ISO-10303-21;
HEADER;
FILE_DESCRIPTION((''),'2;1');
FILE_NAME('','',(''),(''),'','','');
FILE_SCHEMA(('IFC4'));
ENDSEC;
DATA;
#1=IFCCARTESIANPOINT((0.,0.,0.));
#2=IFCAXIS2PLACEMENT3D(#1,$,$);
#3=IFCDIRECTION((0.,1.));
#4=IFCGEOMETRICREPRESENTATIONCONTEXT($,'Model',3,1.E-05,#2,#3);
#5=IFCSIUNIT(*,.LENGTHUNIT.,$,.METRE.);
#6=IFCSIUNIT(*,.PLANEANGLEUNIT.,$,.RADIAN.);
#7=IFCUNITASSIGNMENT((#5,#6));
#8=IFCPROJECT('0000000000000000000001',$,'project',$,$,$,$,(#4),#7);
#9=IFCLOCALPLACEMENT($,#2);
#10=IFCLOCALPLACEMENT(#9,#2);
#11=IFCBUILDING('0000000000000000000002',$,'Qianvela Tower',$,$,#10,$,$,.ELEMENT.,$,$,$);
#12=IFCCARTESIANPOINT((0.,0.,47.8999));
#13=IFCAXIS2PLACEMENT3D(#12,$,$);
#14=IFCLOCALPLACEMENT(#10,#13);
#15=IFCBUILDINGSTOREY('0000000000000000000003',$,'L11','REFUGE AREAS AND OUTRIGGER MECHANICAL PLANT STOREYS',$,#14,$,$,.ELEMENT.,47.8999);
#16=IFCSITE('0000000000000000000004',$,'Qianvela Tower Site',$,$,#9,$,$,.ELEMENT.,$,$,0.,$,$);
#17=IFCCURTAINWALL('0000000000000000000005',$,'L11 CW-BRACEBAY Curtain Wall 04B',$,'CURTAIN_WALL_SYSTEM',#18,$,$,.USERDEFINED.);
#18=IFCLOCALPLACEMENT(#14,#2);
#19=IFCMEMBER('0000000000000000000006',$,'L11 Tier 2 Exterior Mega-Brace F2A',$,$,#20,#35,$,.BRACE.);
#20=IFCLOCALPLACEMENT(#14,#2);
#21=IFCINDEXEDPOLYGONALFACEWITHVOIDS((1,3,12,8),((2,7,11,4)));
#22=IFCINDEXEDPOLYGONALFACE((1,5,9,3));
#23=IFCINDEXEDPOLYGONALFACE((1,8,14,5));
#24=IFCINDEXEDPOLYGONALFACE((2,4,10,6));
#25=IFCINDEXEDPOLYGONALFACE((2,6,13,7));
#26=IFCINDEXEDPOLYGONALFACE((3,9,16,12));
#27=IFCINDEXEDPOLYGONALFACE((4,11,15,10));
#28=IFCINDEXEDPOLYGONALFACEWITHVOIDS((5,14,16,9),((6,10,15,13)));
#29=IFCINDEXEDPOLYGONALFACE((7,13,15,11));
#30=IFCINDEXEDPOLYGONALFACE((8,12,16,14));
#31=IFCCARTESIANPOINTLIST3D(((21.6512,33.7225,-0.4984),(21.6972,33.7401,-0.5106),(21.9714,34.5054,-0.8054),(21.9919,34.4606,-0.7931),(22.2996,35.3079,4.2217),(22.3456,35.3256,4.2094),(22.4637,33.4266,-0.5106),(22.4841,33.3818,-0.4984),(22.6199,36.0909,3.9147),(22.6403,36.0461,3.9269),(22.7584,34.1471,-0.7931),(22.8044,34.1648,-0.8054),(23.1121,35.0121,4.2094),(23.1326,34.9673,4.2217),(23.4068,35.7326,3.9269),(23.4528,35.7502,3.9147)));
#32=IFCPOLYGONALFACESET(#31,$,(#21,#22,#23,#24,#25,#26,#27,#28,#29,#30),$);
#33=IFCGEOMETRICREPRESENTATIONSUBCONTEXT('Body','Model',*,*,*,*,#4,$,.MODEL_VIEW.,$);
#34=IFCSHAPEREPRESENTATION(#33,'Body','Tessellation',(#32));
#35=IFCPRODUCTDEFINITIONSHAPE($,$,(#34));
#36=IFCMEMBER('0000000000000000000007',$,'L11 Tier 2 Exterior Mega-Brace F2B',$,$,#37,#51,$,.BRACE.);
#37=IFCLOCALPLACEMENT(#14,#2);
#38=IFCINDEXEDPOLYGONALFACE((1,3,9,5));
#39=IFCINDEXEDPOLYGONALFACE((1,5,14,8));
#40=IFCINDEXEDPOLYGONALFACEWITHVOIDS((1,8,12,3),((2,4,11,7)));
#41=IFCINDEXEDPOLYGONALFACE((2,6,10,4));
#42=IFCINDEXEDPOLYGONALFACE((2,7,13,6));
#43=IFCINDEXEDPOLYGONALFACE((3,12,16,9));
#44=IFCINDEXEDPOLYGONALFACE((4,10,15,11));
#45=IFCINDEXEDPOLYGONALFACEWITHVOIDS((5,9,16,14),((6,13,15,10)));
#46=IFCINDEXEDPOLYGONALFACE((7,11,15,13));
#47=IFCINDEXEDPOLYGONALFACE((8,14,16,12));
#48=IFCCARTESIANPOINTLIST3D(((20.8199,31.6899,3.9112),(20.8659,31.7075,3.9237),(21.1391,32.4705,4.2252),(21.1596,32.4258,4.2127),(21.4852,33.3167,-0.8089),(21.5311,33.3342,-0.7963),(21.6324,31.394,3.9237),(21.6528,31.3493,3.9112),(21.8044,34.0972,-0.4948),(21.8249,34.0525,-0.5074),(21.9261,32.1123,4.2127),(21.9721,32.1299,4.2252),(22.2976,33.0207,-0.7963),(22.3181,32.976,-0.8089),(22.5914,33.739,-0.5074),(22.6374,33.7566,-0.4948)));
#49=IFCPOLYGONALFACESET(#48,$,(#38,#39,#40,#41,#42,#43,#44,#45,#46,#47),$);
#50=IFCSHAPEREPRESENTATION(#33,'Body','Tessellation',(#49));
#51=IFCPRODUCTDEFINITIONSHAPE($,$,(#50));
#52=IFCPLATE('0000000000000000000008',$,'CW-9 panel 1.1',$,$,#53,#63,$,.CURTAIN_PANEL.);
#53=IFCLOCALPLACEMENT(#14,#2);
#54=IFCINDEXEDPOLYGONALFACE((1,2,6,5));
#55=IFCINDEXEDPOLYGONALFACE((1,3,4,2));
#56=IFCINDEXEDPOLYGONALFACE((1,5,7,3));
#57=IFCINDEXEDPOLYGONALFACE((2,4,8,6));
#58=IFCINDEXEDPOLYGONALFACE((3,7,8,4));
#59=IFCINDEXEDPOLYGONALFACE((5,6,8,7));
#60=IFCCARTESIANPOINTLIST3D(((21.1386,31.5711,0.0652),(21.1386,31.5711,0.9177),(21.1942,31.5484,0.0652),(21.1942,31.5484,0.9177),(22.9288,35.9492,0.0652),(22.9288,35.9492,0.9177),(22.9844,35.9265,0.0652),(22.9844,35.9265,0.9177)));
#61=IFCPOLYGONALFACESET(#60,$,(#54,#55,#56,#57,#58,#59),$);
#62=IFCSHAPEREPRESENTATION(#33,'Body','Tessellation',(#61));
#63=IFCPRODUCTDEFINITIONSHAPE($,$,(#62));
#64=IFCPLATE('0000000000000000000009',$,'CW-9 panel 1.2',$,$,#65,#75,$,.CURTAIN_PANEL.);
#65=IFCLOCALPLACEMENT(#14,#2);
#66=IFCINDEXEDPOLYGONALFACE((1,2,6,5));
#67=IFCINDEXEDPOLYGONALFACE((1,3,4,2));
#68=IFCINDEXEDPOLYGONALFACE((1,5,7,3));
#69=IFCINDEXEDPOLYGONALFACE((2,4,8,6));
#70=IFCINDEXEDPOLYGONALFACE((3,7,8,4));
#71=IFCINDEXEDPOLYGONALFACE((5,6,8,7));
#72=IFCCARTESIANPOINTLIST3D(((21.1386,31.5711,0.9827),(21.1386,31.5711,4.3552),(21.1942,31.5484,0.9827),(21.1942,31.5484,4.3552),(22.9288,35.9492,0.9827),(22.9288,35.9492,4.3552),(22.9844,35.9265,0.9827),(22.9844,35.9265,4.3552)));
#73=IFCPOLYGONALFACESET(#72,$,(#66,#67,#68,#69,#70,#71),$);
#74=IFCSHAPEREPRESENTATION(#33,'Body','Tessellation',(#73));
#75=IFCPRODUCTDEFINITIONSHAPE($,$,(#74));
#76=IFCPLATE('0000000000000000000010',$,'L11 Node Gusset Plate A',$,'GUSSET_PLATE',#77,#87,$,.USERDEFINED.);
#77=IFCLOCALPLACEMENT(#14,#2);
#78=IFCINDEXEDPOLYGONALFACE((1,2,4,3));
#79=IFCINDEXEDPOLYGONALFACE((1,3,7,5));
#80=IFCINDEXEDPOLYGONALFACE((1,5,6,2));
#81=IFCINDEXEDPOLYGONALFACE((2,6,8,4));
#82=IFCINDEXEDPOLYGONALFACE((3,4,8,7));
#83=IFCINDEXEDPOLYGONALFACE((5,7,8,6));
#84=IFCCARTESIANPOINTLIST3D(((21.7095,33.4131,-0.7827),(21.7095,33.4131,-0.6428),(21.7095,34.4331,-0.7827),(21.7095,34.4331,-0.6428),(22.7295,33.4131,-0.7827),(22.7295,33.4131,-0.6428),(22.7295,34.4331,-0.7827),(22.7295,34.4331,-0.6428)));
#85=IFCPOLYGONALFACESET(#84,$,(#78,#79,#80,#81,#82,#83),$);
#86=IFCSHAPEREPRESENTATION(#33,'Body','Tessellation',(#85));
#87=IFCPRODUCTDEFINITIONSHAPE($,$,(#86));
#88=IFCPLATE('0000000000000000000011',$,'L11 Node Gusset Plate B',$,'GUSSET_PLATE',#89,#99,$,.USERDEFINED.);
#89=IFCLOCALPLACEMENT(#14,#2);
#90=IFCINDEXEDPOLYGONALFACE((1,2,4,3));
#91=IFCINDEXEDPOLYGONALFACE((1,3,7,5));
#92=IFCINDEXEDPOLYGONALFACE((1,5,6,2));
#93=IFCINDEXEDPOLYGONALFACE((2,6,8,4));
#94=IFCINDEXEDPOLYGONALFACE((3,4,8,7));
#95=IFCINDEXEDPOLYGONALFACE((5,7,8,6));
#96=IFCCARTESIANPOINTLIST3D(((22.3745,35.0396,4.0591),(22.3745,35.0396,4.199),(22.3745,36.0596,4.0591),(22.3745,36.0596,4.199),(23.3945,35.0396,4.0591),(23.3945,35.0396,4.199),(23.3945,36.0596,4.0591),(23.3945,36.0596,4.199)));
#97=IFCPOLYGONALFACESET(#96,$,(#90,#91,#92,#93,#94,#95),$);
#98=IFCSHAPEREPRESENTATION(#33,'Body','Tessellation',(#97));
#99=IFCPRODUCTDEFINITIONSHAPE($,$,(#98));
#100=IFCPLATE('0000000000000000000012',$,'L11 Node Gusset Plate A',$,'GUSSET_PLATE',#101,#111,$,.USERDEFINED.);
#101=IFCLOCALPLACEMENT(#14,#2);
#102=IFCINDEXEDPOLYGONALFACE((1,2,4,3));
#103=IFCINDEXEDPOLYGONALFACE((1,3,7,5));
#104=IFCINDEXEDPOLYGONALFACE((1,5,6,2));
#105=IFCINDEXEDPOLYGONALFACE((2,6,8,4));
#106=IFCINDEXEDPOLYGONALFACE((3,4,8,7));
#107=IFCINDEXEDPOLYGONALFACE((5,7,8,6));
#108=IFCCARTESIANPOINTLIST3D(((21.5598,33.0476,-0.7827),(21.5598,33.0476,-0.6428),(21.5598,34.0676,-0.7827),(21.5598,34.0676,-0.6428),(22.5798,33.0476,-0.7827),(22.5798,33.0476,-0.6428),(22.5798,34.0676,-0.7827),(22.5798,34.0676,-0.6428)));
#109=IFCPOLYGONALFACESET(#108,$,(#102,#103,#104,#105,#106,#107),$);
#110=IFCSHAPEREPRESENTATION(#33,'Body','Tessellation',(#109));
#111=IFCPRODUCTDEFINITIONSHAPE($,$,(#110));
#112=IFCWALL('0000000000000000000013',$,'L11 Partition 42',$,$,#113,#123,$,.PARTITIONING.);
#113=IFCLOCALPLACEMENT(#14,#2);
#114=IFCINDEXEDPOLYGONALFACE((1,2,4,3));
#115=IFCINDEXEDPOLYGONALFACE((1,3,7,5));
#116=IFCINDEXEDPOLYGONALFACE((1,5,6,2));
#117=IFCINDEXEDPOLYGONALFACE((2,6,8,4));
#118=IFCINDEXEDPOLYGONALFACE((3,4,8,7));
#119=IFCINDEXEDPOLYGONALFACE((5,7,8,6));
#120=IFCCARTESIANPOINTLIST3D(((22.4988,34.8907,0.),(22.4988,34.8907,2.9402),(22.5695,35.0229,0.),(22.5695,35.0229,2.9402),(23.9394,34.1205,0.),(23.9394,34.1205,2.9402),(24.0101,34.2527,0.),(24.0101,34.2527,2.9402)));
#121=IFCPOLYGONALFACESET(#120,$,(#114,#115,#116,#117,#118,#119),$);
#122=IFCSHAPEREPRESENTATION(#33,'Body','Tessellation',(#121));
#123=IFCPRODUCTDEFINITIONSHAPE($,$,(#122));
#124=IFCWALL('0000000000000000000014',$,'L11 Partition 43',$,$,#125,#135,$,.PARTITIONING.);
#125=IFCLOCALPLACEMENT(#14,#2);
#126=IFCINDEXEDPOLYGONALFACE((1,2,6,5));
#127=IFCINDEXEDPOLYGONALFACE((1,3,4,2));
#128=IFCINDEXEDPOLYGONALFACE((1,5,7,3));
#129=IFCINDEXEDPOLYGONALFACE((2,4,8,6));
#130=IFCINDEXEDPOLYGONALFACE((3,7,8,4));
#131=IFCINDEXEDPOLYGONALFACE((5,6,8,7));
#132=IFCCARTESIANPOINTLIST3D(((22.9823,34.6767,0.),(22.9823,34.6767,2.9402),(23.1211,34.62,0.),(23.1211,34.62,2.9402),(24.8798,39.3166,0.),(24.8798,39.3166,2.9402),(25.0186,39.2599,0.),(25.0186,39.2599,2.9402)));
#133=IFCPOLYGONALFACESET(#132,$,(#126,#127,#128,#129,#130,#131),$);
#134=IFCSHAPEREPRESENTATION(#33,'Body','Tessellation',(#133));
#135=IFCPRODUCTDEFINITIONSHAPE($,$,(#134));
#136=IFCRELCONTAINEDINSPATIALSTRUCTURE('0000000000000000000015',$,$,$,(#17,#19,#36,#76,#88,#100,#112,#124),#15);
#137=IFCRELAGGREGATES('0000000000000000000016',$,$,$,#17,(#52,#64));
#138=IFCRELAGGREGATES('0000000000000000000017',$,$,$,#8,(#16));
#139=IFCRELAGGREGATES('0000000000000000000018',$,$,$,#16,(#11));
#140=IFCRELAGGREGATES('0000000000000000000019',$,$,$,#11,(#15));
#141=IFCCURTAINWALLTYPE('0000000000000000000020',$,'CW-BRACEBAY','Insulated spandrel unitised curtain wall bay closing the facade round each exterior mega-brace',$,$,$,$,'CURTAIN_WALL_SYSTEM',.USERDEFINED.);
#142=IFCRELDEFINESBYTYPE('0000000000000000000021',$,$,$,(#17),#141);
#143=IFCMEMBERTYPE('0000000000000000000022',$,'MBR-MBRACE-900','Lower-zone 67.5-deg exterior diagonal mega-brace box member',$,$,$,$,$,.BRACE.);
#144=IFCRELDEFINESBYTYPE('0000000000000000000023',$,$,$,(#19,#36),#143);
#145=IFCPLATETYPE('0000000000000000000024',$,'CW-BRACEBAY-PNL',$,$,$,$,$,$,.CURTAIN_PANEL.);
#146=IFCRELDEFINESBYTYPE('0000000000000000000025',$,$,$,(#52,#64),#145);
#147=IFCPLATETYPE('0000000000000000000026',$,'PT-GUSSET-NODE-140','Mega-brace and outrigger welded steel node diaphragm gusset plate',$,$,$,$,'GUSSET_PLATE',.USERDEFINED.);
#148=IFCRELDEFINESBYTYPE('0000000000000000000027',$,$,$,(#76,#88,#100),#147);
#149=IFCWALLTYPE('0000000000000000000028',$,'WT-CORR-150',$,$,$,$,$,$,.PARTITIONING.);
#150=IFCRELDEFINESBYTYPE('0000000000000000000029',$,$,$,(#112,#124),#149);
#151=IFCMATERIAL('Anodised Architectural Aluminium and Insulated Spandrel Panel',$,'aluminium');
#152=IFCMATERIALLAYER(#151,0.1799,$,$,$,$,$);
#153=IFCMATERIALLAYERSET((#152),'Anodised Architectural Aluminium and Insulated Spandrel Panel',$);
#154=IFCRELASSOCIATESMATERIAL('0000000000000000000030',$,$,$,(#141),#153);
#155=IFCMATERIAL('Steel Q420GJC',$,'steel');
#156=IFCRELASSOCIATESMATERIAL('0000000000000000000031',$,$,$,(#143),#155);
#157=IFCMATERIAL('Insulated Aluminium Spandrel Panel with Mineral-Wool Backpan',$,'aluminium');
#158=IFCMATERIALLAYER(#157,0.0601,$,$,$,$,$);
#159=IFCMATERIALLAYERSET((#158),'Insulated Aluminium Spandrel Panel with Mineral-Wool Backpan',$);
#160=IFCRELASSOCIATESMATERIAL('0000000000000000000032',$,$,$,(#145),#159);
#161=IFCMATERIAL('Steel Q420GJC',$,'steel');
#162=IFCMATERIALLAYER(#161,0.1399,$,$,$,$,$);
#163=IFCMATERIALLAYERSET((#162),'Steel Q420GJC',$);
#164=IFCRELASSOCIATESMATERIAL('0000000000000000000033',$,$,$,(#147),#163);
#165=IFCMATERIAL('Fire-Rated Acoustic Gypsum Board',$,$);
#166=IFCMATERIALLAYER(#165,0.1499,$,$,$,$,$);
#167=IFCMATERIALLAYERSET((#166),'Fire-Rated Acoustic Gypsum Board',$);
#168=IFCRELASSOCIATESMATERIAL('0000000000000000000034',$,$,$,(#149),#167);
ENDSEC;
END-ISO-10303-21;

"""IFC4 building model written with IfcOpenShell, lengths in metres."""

from ifc_helpers import new_model, si_unit, direction, frame, frame_2d, origin, origin_2d, place, context, subcontext, project, spatial, rectangle, hollow_rectangle, extrude, material, layer, layer_set, material_profile, profile_set, type_object, element, aggregate, save


model = new_model("IFC4")

# Units and contexts
model_context = context("Model", 3, precision=1e-05, world=origin(), true_north=direction((0.0, 1.0)))
body_context = subcontext(model_context, "Body", "Model", "MODEL_VIEW")
ifc_project = project(units=[si_unit("LENGTHUNIT", "METRE"), si_unit("PLANEANGLEUNIT", "RADIAN")], contexts=[model_context])

# Site, building, storey
site_placement = place(None, origin())
site = spatial("IfcSite", under=ifc_project, at=site_placement, Name="Qianvela Tower Site", CompositionType="ELEMENT", RefElevation=0.0)
building_placement = place(site_placement, origin())
building = spatial("IfcBuilding", under=site, at=building_placement, Name="Qianvela Tower", CompositionType="ELEMENT")
storey_placement = place(building_placement, frame((0.0, 0.0, 47.8999)))
storey = spatial("IfcBuildingStorey", under=building, at=storey_placement, Name="L11", Description="REFUGE AREAS AND OUTRIGGER MECHANICAL PLANT STOREYS", CompositionType="ELEMENT", Elevation=47.8999)

# Curtain wall
ifc_material_1 = material(Name="Anodised Architectural Aluminium and Insulated Spandrel Panel", Category="aluminium")
ifc_layer_1 = layer(ifc_material_1, 0.1799)
ifc_layer_set_1 = layer_set([ifc_layer_1], Name="Anodised Architectural Aluminium and Insulated Spandrel Panel")
curtain_wall_type_1 = type_object("IfcCurtainWallType", Name="CW-BRACEBAY", Description="Insulated spandrel unitised curtain wall bay closing the facade round each exterior mega-brace", ElementType="CURTAIN_WALL_SYSTEM", PredefinedType="USERDEFINED", material=ifc_layer_set_1)
curtain_wall_1_placement = place(storey_placement, origin())
curtain_wall_1 = element("IfcCurtainWall", 1, at=curtain_wall_1_placement, inside=storey, type_object=curtain_wall_type_1, Name="L11 CW-BRACEBAY Curtain Wall 04B", ObjectType="CURTAIN_WALL_SYSTEM", PredefinedType="USERDEFINED")

# Members
ifc_material_2 = material(Name="Steel Q420GJC", Category="steel")
ifc_material_profile_1 = material_profile(ifc_material_2, hollow_rectangle(XDim=0.8999, YDim=0.8999, WallThickness=0.0359, at=origin_2d()), Name="MBOX-900x900x36")
ifc_profile_set_1 = profile_set([ifc_material_profile_1], Name="Steel Q420GJC")
member_type_1 = type_object("IfcMemberType", Name="MBR-MBRACE-900", Description="Lower-zone 67.5-deg exterior diagonal mega-brace box member", PredefinedType="BRACE", material=ifc_profile_set_1)
member_1_placement = place(storey_placement, frame((22.2278, 33.9436, -0.6519), z_axis=(0.12914, 0.315752, 0.940012), x_axis=(-0.925579, 0.378555, 0.0)))
element("IfcMember", 2, at=member_1_placement, inside=storey, type_object=member_type_1, Name="L11 Tier 2 Exterior Mega-Brace F2A", PredefinedType="BRACE", context=body_context, shape_type="SweptSolid", body=[
    extrude(hollow_rectangle(XDim=0.8999, YDim=0.8999, WallThickness=0.0359, at=origin_2d()), origin(), (0.0, 0.0, 1.0), 5.0212),
])
member_2_placement = place(storey_placement, frame((22.0613, 33.5366, -0.6519), z_axis=(-0.132091, -0.32298, 0.937142), x_axis=(0.925585, -0.378541, 0.0)))
element("IfcMember", 3, at=member_2_placement, inside=storey, type_object=member_type_1, Name="L11 Tier 2 Exterior Mega-Brace F2B", PredefinedType="BRACE", context=body_context, shape_type="SweptSolid", body=[
    extrude(hollow_rectangle(XDim=0.8999, YDim=0.8999, WallThickness=0.0359, at=origin_2d()), origin(), (0.0, 0.0, 1.0), 5.0366),
])

# Plates
ifc_material_3 = material(Name="Insulated Aluminium Spandrel Panel with Mineral-Wool Backpan", Category="aluminium")
ifc_layer_2 = layer(ifc_material_3, 0.0601)
ifc_layer_set_2 = layer_set([ifc_layer_2], Name="Insulated Aluminium Spandrel Panel with Mineral-Wool Backpan")
plate_type_1 = type_object("IfcPlateType", Name="CW-BRACEBAY-PNL", PredefinedType="CURTAIN_PANEL", material=ifc_layer_set_2)
plate_1_placement = place(storey_placement, frame((22.0615, 33.7488, 0.0652), z_axis=(0.0, 0.0, 1.0), x_axis=(-0.378482, -0.925609, 0.0)))
plate_1 = element("IfcPlate", 4, at=plate_1_placement, type_object=plate_type_1, Name="CW-9 panel 1.1", PredefinedType="CURTAIN_PANEL", context=body_context, shape_type="SweptSolid", body=[
    extrude(rectangle(XDim=4.73, YDim=0.0601, at=origin_2d()), origin(), (0.0, 0.0, 1.0), 0.8525),
])
plate_2_placement = place(storey_placement, frame((22.0615, 33.7488, 0.9827), z_axis=(0.0, 0.0, 1.0), x_axis=(-0.378482, -0.925609, 0.0)))
plate_2 = element("IfcPlate", 5, at=plate_2_placement, type_object=plate_type_1, Name="CW-9 panel 1.2", PredefinedType="CURTAIN_PANEL", context=body_context, shape_type="SweptSolid", body=[
    extrude(rectangle(XDim=4.73, YDim=0.0601, at=origin_2d()), origin(), (0.0, 0.0, 1.0), 3.3726),
])
aggregate(curtain_wall_1, [plate_1, plate_2])

# Plates
ifc_material_4 = material(Name="Steel Q420GJC", Category="steel")
ifc_layer_3 = layer(ifc_material_4, 0.1399)
ifc_layer_set_3 = layer_set([ifc_layer_3], Name="Steel Q420GJC")
plate_type_2 = type_object("IfcPlateType", Name="PT-GUSSET-NODE-140", Description="Mega-brace and outrigger welded steel node diaphragm gusset plate", ElementType="GUSSET_PLATE", PredefinedType="USERDEFINED", material=ifc_layer_set_3)
for number, where, z_axis, x_axis, name in (
    (6, (22.2195, 33.9231, -0.7827), (0.0, 0.0, 1.0), (1.0, 0.0, 0.0), "L11 Node Gusset Plate A"),
    (7, (22.8845, 35.5496, 4.0591), (0.0, 0.0, 1.0), (1.0, 0.0, 0.0), "L11 Node Gusset Plate B"),
    (8, (22.0698, 33.5576, -0.7827), (0.0, 0.0, 1.0), (1.0, 0.0, 0.0), "L11 Node Gusset Plate A"),
):
    element("IfcPlate", number, at=place(storey_placement, frame(where, z_axis=z_axis, x_axis=x_axis)), inside=storey, type_object=plate_type_2, Name=name, ObjectType="GUSSET_PLATE", PredefinedType="USERDEFINED", context=body_context, shape_type="SweptSolid", body=[
        extrude(rectangle(XDim=1.02, YDim=1.02, at=origin_2d()), origin(), (0.0, 0.0, 1.0), 0.1399),
    ])

# Walls
ifc_material_5 = material(Name="Fire-Rated Acoustic Gypsum Board")
ifc_layer_4 = layer(ifc_material_5, 0.1499)
ifc_layer_set_4 = layer_set([ifc_layer_4], Name="Fire-Rated Acoustic Gypsum Board")
wall_type = type_object("IfcWallType", Name="WT-CORR-150", PredefinedType="PARTITIONING", material=ifc_layer_set_4)
wall_1_placement = place(storey_placement, frame((23.9749, 34.1865, 0.0), z_axis=(0.0, 0.0, 1.0), x_axis=(-0.881868, 0.471496, 0.0)))
element("IfcWall", 9, at=wall_1_placement, inside=storey, type_object=wall_type, Name="L11 Partition 42", PredefinedType="PARTITIONING", context=body_context, shape_type="SweptSolid", body=[
    extrude(rectangle(XDim=1.6335, YDim=0.1499, at=frame_2d((0.8169, 0.0))), origin(), (0.0, 0.0, 1.0), 2.9402),
])
wall_2_placement = place(storey_placement, frame((23.0518, 34.6484, 0.0), z_axis=(0.0, 0.0, 1.0), x_axis=(0.378517, 0.925594, 0.0)))
element("IfcWall", 10, at=wall_2_placement, inside=storey, type_object=wall_type, Name="L11 Partition 43", PredefinedType="PARTITIONING", context=body_context, shape_type="SweptSolid", body=[
    extrude(rectangle(XDim=5.0129, YDim=0.1499, at=frame_2d((2.5063, 0.0))), origin(), (0.0, 0.0, 1.0), 2.9402),
])

save(model, "model.ifc")
